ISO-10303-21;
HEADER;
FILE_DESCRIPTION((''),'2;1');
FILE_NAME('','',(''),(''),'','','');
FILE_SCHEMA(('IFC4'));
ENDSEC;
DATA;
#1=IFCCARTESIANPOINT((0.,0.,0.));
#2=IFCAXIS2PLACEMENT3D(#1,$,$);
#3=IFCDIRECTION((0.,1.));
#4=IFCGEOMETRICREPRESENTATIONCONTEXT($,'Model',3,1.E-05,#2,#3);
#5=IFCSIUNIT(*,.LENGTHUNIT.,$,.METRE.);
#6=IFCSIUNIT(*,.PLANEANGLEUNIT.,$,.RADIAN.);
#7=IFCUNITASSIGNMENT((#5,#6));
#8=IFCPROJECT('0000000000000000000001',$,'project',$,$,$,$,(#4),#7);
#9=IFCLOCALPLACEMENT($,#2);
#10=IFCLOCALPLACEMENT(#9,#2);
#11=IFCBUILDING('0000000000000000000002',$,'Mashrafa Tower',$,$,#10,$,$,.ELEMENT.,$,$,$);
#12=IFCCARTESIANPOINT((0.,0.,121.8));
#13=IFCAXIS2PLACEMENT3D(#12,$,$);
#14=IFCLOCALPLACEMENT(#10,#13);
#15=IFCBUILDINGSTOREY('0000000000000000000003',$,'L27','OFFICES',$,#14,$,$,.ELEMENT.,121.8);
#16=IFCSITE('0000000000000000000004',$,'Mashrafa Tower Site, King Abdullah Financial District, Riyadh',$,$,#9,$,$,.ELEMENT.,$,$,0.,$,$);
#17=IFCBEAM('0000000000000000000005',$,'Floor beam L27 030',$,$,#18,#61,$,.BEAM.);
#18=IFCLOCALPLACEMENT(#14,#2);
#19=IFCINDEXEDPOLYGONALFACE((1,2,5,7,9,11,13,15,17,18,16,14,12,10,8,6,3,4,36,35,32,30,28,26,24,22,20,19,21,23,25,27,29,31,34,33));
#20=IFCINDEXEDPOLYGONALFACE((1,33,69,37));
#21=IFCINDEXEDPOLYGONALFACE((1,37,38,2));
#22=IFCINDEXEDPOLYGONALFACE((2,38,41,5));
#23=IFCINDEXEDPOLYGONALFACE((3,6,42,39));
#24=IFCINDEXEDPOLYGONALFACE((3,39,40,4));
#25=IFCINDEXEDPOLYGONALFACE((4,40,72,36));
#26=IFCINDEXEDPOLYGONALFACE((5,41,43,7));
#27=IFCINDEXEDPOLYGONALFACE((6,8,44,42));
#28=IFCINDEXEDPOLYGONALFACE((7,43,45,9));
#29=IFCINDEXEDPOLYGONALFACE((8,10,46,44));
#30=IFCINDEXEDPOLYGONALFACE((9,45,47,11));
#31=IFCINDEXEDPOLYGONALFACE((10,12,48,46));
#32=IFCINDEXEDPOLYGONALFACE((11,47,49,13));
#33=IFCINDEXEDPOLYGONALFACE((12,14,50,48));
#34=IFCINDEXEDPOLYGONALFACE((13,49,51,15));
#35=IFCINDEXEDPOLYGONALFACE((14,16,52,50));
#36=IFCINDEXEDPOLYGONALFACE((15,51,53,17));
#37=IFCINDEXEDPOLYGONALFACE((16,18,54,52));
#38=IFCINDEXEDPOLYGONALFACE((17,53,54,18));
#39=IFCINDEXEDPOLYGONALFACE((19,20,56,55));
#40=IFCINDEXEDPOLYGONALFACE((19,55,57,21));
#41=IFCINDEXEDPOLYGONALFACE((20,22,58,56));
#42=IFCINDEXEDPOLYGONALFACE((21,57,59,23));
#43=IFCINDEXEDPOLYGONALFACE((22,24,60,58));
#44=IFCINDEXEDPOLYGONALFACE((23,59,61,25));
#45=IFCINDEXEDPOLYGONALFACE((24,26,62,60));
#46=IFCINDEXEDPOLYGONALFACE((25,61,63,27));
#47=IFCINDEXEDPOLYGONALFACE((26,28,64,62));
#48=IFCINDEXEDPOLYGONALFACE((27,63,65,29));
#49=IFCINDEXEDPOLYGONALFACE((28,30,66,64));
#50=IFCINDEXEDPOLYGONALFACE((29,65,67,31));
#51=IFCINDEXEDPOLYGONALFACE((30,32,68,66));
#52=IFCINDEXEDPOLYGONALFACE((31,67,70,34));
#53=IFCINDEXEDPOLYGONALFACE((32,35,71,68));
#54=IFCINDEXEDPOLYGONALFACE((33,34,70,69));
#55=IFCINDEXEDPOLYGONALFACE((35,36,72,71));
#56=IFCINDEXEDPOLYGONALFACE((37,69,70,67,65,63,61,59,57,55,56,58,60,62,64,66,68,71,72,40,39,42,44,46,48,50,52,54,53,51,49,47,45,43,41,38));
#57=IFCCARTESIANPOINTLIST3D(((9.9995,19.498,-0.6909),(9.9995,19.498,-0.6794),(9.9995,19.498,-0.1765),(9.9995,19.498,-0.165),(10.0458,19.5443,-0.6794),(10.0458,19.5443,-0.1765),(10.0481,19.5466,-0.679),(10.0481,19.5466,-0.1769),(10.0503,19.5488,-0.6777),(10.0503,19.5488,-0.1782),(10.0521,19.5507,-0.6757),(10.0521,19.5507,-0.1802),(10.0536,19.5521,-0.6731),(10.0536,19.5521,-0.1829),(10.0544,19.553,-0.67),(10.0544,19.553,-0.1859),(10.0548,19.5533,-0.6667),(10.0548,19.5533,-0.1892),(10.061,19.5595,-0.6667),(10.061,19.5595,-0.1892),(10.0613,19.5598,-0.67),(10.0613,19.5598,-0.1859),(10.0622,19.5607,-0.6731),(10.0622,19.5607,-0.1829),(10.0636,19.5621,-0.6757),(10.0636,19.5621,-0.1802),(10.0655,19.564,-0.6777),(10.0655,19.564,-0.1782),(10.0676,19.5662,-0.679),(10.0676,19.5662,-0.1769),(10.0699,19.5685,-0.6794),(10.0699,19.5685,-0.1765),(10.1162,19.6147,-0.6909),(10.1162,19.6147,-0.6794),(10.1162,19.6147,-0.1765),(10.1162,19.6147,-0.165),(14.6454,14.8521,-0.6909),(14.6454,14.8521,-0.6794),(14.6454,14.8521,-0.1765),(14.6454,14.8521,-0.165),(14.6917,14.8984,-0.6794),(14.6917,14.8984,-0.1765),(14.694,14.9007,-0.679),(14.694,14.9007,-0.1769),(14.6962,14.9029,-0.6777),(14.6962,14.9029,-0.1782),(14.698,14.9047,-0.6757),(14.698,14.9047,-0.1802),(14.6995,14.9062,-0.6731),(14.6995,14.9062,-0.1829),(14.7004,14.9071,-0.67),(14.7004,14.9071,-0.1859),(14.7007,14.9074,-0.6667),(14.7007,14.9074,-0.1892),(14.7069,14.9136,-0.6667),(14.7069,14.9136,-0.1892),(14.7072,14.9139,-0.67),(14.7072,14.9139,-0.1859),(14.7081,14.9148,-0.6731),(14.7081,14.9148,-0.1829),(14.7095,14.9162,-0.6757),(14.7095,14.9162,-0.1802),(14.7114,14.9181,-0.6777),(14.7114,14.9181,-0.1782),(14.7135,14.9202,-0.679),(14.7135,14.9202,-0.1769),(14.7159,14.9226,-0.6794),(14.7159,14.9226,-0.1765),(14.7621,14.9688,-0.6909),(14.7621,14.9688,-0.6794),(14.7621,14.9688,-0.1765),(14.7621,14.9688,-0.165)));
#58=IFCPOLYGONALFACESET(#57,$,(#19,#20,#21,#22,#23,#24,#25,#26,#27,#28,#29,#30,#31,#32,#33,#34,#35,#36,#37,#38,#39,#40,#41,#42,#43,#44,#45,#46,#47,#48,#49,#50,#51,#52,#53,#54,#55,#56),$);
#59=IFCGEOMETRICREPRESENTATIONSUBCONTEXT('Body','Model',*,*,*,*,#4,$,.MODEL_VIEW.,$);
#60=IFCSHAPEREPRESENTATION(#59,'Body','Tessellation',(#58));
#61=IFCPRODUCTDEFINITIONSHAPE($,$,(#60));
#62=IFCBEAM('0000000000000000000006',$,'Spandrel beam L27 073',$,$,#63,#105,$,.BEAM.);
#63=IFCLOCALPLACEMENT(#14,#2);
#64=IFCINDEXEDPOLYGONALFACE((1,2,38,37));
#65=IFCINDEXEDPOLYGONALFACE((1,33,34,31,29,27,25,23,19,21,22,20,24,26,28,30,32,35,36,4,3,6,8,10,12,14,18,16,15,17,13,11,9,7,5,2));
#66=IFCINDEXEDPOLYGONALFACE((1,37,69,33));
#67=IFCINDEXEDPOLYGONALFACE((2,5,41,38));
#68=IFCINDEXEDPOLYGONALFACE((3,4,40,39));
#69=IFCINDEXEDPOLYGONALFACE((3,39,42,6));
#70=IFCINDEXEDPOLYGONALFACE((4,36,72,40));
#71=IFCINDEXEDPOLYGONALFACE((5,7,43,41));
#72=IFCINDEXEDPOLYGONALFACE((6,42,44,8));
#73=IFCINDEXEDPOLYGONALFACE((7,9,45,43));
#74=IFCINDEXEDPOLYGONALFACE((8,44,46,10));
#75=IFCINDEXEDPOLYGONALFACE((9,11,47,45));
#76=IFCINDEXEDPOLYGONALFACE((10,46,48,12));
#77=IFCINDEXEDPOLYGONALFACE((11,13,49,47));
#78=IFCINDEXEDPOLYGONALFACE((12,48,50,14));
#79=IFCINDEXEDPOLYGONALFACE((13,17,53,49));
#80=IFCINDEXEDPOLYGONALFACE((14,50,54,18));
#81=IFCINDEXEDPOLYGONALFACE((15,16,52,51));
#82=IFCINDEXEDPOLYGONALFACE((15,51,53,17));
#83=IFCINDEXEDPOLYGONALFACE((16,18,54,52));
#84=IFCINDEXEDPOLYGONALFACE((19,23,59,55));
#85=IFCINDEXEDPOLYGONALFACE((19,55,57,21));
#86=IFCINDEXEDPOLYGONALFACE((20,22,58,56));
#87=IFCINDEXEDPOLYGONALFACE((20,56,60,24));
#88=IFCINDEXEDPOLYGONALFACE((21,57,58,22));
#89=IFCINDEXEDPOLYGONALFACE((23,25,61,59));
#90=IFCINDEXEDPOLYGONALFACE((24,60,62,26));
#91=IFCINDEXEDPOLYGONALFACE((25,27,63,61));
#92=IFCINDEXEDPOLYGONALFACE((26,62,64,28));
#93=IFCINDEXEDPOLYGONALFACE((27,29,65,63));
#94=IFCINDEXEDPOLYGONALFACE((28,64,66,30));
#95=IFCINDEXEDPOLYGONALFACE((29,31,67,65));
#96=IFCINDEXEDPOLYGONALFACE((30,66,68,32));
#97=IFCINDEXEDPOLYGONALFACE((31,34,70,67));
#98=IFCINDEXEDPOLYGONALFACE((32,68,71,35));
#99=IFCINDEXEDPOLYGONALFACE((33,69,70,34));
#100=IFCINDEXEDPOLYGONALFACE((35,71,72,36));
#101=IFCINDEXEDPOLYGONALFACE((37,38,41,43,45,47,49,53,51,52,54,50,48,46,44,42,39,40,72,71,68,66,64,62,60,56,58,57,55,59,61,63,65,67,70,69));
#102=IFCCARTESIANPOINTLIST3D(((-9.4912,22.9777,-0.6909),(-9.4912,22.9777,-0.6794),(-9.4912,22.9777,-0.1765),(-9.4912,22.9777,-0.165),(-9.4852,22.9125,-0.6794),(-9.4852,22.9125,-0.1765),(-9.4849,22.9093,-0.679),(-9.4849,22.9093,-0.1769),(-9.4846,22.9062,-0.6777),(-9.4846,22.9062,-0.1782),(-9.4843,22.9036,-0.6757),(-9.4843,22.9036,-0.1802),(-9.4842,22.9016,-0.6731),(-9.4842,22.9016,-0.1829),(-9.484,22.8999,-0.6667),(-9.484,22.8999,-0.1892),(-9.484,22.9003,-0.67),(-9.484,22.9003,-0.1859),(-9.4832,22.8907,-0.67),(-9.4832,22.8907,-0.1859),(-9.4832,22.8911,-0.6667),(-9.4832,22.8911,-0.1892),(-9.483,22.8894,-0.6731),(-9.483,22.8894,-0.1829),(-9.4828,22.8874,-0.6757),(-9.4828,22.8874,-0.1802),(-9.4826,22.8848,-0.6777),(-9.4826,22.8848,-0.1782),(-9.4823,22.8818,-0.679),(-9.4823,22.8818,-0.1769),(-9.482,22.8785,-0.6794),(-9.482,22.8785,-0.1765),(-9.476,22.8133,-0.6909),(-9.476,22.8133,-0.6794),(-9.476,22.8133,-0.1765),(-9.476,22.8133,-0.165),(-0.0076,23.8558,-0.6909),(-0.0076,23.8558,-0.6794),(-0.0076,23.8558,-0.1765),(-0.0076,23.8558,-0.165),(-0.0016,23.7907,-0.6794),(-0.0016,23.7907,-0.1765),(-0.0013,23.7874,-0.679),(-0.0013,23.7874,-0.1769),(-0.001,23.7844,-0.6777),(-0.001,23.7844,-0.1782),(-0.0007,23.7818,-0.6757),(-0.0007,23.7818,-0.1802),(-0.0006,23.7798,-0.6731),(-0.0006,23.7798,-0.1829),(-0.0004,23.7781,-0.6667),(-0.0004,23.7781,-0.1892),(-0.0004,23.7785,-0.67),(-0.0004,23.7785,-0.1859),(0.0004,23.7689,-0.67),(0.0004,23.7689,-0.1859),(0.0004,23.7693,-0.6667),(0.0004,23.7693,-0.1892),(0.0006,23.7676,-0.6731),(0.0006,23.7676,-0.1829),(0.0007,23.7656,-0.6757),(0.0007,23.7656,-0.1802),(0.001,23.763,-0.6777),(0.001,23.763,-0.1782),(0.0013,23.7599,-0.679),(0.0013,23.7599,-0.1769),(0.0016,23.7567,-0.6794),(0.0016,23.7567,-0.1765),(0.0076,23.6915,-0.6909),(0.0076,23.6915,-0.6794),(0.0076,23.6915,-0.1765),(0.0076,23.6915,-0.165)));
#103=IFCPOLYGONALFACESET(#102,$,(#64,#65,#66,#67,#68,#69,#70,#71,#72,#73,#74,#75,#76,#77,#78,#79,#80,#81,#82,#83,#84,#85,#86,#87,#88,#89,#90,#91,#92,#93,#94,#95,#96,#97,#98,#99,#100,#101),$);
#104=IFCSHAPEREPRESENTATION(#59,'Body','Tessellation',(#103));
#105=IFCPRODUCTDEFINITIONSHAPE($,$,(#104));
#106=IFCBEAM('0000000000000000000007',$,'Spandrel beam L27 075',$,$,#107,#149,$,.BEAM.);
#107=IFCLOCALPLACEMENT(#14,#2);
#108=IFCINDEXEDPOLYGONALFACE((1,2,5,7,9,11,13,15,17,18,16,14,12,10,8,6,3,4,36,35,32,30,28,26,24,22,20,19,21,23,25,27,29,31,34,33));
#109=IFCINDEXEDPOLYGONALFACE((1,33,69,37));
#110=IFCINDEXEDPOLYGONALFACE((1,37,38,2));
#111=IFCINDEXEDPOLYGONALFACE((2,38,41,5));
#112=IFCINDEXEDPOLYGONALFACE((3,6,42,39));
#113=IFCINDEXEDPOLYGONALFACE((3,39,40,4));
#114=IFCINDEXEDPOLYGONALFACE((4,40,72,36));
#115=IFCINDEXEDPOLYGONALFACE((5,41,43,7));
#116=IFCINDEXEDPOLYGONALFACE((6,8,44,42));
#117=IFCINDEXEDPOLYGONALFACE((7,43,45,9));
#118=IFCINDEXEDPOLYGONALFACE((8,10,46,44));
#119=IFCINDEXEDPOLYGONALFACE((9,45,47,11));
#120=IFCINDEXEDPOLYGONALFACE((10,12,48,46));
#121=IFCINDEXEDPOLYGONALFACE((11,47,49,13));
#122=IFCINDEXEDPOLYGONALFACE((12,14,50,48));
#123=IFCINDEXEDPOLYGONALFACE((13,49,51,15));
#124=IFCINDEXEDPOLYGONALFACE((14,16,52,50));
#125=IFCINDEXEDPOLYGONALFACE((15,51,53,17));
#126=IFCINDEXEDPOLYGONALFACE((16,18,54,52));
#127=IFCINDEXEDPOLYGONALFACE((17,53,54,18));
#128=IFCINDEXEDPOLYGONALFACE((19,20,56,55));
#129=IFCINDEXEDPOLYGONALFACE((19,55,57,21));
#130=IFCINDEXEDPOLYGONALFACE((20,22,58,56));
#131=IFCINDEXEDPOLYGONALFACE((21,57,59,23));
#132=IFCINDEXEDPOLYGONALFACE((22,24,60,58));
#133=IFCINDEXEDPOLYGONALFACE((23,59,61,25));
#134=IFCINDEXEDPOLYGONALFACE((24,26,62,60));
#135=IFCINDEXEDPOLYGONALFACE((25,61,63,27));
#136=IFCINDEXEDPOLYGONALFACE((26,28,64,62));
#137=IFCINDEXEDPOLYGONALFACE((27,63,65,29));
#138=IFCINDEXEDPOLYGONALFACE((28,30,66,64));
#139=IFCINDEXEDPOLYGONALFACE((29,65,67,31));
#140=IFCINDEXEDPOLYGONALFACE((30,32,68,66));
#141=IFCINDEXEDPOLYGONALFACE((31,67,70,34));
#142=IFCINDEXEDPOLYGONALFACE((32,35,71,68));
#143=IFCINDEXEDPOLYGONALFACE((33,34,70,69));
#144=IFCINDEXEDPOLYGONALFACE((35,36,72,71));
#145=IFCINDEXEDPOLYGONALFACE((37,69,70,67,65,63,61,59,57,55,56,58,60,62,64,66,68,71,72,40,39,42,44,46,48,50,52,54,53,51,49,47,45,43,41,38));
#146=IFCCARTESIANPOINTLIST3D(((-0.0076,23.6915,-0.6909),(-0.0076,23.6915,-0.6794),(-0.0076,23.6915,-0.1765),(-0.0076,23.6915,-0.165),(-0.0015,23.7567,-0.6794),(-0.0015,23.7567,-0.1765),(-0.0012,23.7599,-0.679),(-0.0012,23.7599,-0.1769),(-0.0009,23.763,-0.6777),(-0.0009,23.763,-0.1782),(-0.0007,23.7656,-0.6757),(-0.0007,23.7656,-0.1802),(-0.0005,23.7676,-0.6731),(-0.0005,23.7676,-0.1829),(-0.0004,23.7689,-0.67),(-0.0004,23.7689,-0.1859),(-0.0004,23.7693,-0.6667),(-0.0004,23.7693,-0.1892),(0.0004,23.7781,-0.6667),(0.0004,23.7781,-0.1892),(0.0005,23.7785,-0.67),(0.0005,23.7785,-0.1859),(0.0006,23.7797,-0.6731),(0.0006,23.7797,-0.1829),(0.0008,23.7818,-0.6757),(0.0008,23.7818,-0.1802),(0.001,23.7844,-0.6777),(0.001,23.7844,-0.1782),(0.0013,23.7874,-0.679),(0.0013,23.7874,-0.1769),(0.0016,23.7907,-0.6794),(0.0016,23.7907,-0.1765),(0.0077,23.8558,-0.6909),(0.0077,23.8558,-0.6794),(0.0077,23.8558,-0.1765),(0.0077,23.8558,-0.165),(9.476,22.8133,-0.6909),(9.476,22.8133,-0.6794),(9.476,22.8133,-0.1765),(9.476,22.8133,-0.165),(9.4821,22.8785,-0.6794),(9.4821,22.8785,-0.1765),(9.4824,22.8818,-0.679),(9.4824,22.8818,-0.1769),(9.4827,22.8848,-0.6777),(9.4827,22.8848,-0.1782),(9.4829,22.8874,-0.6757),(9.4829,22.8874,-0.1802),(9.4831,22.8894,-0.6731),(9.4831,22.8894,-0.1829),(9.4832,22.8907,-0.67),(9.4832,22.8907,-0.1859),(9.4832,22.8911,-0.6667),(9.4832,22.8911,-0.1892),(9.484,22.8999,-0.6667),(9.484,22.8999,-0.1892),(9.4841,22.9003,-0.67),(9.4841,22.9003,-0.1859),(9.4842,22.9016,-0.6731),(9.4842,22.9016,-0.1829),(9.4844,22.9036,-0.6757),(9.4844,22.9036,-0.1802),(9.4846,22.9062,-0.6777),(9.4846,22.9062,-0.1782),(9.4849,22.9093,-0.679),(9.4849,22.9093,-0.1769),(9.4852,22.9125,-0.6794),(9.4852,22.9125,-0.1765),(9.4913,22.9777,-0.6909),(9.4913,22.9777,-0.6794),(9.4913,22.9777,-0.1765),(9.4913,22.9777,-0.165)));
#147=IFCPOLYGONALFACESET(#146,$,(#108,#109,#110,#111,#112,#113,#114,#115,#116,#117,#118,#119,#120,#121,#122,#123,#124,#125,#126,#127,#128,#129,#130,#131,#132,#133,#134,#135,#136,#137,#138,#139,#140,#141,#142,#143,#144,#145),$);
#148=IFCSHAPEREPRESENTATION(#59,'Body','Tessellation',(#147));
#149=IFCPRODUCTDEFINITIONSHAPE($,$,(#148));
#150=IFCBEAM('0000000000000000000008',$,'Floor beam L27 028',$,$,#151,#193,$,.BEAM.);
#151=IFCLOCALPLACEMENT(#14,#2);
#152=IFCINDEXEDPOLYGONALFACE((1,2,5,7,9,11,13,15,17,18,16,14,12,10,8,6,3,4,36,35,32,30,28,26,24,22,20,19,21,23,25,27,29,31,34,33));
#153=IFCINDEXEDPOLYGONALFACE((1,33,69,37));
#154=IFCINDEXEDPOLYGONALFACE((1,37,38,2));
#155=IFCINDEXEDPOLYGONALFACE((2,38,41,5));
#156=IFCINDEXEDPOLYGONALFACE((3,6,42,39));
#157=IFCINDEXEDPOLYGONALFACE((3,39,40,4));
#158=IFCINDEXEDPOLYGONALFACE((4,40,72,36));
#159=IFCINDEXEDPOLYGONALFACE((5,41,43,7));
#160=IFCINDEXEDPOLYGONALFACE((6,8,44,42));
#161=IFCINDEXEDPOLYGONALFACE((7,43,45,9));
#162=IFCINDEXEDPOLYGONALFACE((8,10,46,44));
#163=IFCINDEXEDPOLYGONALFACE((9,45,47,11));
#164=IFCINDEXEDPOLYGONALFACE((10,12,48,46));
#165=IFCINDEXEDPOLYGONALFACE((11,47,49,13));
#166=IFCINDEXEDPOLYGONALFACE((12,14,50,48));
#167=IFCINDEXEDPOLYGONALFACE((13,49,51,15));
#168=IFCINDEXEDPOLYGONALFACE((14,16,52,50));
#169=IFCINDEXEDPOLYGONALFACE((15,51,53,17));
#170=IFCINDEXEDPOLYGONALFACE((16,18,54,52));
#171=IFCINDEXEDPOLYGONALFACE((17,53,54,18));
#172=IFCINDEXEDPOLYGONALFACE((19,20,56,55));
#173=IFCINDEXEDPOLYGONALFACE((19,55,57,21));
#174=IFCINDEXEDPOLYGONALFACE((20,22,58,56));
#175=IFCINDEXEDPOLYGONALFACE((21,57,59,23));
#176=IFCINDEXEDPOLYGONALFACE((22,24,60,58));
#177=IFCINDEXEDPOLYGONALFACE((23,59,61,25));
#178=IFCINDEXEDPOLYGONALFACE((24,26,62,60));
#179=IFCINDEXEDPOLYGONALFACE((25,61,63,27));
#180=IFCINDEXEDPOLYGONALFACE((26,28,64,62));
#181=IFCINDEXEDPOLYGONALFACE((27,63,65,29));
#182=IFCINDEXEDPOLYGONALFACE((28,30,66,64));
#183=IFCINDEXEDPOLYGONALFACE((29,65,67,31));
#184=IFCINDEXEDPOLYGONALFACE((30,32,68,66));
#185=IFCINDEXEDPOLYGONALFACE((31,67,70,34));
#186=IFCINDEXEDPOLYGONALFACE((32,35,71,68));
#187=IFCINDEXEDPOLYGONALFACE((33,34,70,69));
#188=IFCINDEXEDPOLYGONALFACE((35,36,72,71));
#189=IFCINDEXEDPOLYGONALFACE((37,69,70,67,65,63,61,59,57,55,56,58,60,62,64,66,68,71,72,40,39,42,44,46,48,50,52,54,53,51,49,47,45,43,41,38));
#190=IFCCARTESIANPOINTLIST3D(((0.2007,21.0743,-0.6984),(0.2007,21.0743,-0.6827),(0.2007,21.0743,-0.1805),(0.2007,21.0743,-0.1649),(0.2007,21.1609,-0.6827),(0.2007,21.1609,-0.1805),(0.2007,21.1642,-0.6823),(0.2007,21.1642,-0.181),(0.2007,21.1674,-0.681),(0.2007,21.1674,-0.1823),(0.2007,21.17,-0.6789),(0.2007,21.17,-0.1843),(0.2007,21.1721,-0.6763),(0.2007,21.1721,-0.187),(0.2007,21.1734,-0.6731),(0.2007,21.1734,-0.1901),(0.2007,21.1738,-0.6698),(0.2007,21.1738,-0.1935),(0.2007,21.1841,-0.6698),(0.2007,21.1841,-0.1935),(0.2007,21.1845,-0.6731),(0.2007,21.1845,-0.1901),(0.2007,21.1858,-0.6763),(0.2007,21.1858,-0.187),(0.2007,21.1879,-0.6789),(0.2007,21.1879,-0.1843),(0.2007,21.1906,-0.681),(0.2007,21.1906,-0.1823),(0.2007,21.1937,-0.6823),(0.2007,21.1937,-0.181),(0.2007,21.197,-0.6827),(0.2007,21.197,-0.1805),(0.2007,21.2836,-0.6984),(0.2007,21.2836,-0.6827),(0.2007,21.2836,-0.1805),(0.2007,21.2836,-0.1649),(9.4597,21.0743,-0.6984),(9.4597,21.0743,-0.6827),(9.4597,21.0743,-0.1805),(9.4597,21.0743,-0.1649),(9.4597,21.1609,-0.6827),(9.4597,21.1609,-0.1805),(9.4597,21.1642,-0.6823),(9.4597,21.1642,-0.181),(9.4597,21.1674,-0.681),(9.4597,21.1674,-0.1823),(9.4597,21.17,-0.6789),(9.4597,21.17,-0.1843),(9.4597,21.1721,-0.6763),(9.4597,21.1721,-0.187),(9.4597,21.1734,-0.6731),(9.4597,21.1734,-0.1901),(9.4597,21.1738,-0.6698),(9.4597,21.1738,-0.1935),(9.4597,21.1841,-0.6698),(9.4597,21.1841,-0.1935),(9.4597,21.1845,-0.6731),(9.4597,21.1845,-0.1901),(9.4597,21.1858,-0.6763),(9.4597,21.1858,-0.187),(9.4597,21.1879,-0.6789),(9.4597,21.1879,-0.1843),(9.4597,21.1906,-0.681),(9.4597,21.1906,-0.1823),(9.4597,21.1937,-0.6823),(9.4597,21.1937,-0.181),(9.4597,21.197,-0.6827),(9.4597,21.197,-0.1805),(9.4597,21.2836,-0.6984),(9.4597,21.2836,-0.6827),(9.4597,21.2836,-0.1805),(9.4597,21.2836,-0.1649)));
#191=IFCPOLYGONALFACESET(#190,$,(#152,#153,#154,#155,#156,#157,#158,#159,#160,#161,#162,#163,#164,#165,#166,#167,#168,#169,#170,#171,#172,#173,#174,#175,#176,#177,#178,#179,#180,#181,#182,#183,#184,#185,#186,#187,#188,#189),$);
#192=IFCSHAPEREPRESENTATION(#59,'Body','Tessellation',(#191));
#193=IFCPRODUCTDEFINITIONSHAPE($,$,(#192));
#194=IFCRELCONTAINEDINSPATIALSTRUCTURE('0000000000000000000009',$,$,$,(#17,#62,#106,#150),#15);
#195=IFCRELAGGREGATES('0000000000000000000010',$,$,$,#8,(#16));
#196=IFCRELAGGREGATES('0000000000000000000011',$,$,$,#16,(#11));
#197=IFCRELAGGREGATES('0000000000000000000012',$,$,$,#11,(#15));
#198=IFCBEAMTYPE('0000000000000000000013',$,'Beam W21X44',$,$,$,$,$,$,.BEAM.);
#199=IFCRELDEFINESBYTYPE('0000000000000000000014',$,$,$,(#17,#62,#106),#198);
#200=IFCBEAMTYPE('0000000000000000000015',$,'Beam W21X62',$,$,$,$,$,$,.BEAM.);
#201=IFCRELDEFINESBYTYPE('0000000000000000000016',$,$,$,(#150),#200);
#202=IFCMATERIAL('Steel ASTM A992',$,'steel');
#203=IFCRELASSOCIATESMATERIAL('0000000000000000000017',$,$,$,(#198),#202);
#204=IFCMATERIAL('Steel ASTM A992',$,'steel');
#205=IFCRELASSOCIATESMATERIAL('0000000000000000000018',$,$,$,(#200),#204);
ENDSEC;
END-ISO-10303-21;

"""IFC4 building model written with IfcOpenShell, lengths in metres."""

from ifc_helpers import new_model, si_unit, direction, frame, origin, origin_2d, place, context, subcontext, project, spatial, i_section, extrude, material, material_profile, profile_set, type_object, element, save


model = new_model("IFC4")

# Units and contexts
model_context = context("Model", 3, precision=1e-05, world=origin(), true_north=direction((0.0, 1.0)))
body_context = subcontext(model_context, "Body", "Model", "MODEL_VIEW")
ifc_project = project(units=[si_unit("LENGTHUNIT", "METRE"), si_unit("PLANEANGLEUNIT", "RADIAN")], contexts=[model_context])

# Site, building, storey
site_placement = place(None, origin())
site = spatial("IfcSite", under=ifc_project, at=site_placement, Name="Mashrafa Tower Site, King Abdullah Financial District, Riyadh", CompositionType="ELEMENT", RefElevation=0.0)
building_placement = place(site_placement, origin())
building = spatial("IfcBuilding", under=site, at=building_placement, Name="Mashrafa Tower", CompositionType="ELEMENT")
storey_placement = place(building_placement, frame((0.0, 0.0, 121.8)))
storey = spatial("IfcBuildingStorey", under=building, at=storey_placement, Name="L27", Description="OFFICES", CompositionType="ELEMENT", Elevation=121.8)

# Beams
ifc_material_1 = material(Name="Steel ASTM A992", Category="steel")
ifc_material_profile_1 = material_profile(ifc_material_1, i_section(OverallWidth=0.165, OverallDepth=0.5259, WebThickness=0.0088, FlangeThickness=0.0115, FilletRadius=0.0127, at=origin_2d()), Name="W21X44")
ifc_profile_set_1 = profile_set([ifc_material_profile_1], Name="Steel ASTM A992")
beam_type_1 = type_object("IfcBeamType", Name="Beam W21X44", PredefinedType="BEAM", material=ifc_profile_set_1)
beam_1_placement = place(storey_placement, frame((10.0579, 19.5564, -0.428), z_axis=(0.707107, -0.707107, 0.0), x_axis=(0.707107, 0.707107, 0.0)))
element("IfcBeam", 1, at=beam_1_placement, inside=storey, type_object=beam_type_1, Name="Floor beam L27 030", PredefinedType="BEAM", context=body_context, shape_type="SweptSolid", body=[
    extrude(i_section(OverallWidth=0.165, OverallDepth=0.5259, WebThickness=0.0088, FlangeThickness=0.0115, FilletRadius=0.0127, at=origin_2d()), origin(), (0.0, 0.0, 1.0), 6.5703),
])
for number, where, z_axis, x_axis, name in (
    (2, (0.0, 23.7737, -0.428), (-0.99574, -0.092204, 0.0), (0.092204, -0.99574, 0.0), "Spandrel beam L27 073"),
    (3, (9.4836, 22.8955, -0.428), (-0.99574, 0.092204, 0.0), (-0.092204, -0.99574, 0.0), "Spandrel beam L27 075"),
):
    element("IfcBeam", number, at=place(storey_placement, frame(where, z_axis=z_axis, x_axis=x_axis)), inside=storey, type_object=beam_type_1, Name=name, PredefinedType="BEAM", context=body_context, shape_type="SweptSolid", body=[
        extrude(i_section(OverallWidth=0.165, OverallDepth=0.5259, WebThickness=0.0088, FlangeThickness=0.0115, FilletRadius=0.0127, at=origin_2d()), origin(), (0.0, 0.0, 1.0), 9.5242),
    ])
ifc_material_2 = material(Name="Steel ASTM A992", Category="steel")
ifc_material_profile_2 = material_profile(ifc_material_2, i_section(OverallWidth=0.2092, OverallDepth=0.5334, WebThickness=0.0103, FlangeThickness=0.0156, FilletRadius=0.0129, at=origin_2d()), Name="W21X62")
ifc_profile_set_2 = profile_set([ifc_material_profile_2], Name="Steel ASTM A992")
beam_type_2 = type_object("IfcBeamType", Name="Beam W21X62", PredefinedType="BEAM", material=ifc_profile_set_2)
beam_2_placement = place(storey_placement, frame((0.2007, 21.179, -0.4316), z_axis=(1.0, 0.0, 0.0), x_axis=(0.0, 1.0, 0.0)))
element("IfcBeam", 4, at=beam_2_placement, inside=storey, type_object=beam_type_2, Name="Floor beam L27 028", PredefinedType="BEAM", context=body_context, shape_type="SweptSolid", body=[
    extrude(i_section(OverallWidth=0.2092, OverallDepth=0.5334, WebThickness=0.0103, FlangeThickness=0.0156, FilletRadius=0.0129, at=origin_2d()), origin(), (0.0, 0.0, 1.0), 9.259),
])

save(model, "model.ifc")
